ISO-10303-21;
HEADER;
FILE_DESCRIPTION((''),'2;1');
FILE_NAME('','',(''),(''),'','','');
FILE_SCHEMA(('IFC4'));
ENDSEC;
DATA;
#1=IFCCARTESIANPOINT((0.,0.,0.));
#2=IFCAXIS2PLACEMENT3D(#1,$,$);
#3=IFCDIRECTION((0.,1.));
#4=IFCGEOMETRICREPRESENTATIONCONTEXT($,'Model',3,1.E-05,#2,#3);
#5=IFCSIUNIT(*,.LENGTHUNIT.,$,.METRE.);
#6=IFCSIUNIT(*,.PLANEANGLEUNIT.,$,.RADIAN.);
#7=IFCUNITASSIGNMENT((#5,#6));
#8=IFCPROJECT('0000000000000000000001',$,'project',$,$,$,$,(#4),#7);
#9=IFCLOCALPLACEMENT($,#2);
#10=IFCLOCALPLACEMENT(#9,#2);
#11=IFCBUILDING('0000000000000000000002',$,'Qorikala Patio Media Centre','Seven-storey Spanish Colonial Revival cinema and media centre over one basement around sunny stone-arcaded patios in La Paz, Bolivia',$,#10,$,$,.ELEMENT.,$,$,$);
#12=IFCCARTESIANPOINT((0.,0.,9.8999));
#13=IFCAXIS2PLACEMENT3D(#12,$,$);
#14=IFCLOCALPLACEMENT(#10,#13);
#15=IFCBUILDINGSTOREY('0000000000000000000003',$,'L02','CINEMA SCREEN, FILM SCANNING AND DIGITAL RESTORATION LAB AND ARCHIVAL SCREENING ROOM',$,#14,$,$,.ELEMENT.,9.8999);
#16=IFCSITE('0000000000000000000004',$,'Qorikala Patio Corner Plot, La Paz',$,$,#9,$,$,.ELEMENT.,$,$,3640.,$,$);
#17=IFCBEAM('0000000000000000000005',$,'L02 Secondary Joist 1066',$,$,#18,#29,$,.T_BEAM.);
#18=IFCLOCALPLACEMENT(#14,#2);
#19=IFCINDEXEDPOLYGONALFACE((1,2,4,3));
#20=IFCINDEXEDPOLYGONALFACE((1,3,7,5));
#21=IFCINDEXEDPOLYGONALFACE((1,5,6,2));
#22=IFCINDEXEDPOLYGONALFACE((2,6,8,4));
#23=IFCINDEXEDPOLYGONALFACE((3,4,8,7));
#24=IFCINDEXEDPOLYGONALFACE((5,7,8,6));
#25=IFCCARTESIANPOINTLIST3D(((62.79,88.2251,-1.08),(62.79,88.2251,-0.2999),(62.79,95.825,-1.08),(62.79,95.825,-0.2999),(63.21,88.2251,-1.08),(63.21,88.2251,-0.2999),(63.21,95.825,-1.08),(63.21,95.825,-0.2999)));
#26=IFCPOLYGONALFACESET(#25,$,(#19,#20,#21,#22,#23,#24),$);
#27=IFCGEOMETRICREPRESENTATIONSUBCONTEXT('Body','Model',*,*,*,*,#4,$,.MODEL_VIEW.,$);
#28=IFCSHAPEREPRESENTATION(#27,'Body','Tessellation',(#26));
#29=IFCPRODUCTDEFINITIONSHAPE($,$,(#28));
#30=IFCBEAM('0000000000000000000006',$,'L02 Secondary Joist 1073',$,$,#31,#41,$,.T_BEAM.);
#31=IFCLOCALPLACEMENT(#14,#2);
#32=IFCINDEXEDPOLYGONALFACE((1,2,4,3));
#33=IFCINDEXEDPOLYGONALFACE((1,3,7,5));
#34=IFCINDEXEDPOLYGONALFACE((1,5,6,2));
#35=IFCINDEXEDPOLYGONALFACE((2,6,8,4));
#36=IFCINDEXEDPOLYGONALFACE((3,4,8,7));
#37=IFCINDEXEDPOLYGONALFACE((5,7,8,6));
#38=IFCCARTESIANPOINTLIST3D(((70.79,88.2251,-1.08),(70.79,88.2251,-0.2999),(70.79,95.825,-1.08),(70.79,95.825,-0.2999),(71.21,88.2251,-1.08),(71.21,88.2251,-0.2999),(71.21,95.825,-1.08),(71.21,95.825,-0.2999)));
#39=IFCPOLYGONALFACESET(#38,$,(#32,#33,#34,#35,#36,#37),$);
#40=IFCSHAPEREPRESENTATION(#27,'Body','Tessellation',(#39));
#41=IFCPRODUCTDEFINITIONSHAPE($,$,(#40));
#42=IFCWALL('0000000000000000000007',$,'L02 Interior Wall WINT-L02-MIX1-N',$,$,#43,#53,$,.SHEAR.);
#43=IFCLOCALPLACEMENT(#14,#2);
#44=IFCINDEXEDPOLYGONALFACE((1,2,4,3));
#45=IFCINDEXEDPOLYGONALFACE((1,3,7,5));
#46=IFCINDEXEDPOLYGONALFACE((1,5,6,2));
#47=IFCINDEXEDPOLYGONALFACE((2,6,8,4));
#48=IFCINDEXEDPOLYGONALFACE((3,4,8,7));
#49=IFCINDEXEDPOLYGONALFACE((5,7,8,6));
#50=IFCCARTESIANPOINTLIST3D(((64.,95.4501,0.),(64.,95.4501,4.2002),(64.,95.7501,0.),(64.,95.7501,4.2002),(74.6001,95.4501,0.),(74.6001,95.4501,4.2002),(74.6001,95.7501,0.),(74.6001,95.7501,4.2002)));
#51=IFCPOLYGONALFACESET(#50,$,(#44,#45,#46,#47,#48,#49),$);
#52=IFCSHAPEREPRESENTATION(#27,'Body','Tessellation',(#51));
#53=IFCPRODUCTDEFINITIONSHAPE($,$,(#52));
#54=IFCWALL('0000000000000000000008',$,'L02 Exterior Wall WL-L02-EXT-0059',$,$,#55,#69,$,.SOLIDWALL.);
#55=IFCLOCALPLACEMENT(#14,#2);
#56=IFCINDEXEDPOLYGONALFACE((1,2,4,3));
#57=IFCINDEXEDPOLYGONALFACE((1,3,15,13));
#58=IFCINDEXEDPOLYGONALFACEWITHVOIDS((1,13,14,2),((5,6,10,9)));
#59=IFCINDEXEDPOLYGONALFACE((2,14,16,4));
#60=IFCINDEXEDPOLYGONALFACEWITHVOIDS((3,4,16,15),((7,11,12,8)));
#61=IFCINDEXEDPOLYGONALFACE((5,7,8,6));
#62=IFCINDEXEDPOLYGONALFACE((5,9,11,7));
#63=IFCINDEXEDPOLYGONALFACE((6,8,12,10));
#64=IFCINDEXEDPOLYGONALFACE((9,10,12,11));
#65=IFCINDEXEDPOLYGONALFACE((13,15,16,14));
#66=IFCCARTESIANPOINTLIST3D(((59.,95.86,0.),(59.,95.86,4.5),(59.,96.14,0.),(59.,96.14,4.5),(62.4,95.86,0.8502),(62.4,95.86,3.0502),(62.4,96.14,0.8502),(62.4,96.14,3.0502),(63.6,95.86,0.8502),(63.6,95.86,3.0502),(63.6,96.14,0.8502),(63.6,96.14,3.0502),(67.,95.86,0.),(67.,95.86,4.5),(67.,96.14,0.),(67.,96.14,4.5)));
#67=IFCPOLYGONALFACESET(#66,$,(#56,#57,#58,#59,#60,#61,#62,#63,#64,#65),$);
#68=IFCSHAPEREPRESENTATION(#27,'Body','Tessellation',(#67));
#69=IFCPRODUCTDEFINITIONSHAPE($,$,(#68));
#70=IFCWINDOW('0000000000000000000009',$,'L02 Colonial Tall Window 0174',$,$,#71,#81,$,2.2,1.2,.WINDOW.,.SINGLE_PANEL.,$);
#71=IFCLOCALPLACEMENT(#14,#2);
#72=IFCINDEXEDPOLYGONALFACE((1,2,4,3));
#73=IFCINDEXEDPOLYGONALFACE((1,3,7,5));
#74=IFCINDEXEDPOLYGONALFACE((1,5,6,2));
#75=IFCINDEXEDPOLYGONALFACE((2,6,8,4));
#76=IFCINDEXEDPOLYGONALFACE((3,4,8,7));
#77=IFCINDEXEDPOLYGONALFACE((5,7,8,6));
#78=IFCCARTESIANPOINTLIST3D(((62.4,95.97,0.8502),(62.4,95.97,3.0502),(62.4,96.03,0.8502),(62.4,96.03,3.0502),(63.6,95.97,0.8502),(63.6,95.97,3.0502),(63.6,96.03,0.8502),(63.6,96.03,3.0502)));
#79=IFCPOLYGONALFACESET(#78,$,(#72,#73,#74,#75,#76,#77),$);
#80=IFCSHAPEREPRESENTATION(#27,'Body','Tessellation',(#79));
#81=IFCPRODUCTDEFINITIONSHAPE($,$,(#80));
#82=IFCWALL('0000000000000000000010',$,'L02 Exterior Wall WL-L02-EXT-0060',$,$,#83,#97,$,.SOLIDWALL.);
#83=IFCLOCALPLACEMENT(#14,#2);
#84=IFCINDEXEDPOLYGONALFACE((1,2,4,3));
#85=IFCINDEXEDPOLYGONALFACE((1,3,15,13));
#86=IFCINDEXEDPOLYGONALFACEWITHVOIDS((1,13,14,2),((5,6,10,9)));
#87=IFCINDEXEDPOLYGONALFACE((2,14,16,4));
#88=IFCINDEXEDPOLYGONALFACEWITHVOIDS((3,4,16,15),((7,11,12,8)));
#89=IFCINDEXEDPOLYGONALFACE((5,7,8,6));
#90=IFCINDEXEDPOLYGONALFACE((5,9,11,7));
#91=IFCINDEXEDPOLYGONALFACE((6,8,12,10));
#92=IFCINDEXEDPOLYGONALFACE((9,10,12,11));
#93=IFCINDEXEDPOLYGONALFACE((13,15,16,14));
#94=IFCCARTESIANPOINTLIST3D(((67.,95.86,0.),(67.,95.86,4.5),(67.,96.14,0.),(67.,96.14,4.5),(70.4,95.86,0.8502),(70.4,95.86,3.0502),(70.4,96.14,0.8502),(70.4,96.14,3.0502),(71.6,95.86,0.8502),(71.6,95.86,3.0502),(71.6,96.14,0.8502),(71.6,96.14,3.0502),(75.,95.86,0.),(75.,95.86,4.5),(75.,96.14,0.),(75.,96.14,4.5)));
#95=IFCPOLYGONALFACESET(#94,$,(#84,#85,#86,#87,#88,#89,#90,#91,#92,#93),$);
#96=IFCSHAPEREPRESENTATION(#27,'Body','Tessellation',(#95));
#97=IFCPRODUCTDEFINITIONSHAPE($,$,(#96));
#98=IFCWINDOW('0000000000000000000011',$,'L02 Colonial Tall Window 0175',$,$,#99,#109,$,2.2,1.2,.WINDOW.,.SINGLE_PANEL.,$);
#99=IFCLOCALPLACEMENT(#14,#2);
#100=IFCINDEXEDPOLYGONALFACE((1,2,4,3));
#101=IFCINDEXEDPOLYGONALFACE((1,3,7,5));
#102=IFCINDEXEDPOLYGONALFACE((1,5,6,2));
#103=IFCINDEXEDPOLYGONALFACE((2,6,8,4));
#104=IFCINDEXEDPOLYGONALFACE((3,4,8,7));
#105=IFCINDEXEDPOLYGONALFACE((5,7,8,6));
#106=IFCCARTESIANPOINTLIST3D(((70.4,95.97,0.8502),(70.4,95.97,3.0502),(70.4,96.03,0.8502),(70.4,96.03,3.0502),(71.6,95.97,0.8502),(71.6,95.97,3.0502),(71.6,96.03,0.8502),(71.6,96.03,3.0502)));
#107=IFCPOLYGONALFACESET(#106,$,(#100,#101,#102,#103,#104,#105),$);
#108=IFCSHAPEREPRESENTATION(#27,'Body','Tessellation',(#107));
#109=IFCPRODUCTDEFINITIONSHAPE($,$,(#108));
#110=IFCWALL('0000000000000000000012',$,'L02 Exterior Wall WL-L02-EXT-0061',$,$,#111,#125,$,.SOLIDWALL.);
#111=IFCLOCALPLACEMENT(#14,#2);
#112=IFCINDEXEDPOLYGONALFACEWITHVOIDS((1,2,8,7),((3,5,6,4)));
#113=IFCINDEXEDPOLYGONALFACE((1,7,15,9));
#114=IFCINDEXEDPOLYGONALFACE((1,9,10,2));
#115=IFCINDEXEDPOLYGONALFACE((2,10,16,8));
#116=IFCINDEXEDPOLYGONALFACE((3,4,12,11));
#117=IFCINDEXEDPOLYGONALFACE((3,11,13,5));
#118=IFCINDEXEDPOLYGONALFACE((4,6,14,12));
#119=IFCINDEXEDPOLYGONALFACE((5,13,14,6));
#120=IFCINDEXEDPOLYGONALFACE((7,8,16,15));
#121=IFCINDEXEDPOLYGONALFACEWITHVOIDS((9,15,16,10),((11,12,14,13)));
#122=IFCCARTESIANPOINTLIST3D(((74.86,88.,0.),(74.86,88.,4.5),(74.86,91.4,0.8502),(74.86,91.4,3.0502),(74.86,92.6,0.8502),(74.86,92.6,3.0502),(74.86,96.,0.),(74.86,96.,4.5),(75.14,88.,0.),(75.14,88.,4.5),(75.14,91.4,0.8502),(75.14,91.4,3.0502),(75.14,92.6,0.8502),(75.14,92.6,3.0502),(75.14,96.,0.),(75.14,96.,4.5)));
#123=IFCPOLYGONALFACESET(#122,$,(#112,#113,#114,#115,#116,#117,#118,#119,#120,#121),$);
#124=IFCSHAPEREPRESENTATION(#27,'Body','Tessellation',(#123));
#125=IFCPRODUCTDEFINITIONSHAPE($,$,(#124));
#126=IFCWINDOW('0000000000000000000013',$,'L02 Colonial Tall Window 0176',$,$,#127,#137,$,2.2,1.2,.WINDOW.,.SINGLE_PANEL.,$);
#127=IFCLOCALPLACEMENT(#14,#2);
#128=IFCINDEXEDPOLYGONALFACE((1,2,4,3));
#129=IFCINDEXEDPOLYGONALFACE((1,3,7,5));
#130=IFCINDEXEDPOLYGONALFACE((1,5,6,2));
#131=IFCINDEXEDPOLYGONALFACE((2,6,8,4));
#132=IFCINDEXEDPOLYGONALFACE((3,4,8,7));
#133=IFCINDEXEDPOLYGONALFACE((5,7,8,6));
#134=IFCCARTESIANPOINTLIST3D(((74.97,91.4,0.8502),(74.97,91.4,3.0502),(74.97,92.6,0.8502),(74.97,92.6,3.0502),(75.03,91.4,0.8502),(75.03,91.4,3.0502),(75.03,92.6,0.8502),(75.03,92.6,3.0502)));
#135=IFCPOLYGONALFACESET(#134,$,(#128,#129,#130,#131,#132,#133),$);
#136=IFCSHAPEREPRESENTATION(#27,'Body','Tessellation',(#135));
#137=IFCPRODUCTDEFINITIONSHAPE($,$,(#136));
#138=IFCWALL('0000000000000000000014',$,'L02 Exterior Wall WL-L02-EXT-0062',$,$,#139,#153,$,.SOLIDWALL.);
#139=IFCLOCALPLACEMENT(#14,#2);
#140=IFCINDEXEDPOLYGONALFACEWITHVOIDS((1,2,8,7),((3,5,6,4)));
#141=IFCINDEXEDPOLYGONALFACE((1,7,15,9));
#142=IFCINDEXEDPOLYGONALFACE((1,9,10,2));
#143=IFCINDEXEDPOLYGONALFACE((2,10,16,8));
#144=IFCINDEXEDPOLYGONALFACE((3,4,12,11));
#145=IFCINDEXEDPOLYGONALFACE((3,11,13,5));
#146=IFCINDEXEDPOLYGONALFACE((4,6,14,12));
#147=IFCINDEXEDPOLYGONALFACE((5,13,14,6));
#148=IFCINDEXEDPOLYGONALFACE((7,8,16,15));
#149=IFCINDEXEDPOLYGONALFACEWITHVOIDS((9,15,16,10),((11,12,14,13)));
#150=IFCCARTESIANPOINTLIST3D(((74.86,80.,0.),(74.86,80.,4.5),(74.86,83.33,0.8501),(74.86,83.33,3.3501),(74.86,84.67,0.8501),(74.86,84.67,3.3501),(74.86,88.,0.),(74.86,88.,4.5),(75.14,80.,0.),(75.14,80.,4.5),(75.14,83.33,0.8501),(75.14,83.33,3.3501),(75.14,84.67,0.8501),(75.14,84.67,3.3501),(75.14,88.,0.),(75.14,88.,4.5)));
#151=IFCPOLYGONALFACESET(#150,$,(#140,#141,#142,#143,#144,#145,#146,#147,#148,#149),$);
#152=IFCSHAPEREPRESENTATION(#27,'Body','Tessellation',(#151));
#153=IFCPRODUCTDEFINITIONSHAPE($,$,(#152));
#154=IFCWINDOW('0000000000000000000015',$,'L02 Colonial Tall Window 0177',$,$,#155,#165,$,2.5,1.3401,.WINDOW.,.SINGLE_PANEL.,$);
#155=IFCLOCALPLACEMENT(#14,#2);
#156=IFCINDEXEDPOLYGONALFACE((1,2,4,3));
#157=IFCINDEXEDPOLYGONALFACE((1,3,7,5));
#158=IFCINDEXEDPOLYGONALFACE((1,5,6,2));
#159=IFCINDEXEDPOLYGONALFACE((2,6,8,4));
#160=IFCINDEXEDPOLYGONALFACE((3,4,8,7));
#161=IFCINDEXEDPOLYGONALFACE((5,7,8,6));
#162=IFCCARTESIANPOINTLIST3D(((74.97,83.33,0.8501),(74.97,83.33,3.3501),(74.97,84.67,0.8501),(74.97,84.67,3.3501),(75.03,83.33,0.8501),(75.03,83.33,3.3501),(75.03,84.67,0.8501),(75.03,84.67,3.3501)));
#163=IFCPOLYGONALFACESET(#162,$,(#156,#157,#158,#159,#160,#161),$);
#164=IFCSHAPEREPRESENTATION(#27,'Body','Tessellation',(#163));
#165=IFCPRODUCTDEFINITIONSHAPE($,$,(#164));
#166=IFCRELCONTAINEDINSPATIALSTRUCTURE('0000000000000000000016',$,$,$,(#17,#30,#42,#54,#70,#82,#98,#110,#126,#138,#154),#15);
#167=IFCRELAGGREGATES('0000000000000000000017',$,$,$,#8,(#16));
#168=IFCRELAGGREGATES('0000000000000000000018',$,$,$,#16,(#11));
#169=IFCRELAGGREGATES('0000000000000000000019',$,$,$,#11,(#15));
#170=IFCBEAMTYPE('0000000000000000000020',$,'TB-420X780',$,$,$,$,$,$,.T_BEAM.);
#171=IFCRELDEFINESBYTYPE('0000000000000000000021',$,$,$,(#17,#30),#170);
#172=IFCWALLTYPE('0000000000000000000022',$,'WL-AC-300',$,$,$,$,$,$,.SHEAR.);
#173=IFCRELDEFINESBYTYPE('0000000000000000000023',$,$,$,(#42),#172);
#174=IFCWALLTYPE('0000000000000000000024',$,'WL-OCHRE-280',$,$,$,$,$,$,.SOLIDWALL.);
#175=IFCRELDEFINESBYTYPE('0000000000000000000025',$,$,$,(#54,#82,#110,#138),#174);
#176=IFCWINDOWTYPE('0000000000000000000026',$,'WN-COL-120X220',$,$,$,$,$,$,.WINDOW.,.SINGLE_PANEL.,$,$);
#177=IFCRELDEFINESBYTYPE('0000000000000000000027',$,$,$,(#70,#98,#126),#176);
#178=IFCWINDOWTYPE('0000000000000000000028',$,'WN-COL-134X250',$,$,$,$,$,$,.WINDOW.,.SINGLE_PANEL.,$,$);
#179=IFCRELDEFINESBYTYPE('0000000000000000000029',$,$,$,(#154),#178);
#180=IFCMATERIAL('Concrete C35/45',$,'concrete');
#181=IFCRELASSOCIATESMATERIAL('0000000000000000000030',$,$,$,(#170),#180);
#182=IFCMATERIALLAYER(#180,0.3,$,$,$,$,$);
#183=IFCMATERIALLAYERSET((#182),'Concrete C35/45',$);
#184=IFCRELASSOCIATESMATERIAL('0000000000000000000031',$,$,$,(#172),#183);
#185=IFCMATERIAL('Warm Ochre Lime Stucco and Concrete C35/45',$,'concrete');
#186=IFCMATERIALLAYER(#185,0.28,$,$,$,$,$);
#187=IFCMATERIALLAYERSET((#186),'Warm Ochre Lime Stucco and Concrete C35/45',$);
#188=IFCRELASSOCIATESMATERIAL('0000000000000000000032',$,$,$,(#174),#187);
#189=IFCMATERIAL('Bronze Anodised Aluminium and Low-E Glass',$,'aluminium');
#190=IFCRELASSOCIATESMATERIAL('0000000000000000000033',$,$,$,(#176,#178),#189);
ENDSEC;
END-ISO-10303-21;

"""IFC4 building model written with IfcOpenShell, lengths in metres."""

from ifc_helpers import new_model, si_unit, direction, frame, frame_2d, origin, origin_2d, place, context, subcontext, project, spatial, rectangle, extrude, material, layer, layer_set, material_profile, profile_set, type_object, element, fill, save


model = new_model("IFC4")

# Units and contexts
model_context = context("Model", 3, precision=1e-05, world=origin(), true_north=direction((0.0, 1.0)))
body_context = subcontext(model_context, "Body", "Model", "MODEL_VIEW")
ifc_project = project(units=[si_unit("LENGTHUNIT", "METRE"), si_unit("PLANEANGLEUNIT", "RADIAN")], contexts=[model_context])

# Site, building, storey
site_placement = place(None, origin())
site = spatial("IfcSite", under=ifc_project, at=site_placement, Name="Qorikala Patio Corner Plot, La Paz", CompositionType="ELEMENT", RefElevation=3640.0)
building_placement = place(site_placement, origin())
building = spatial("IfcBuilding", under=site, at=building_placement, Name="Qorikala Patio Media Centre", Description="Seven-storey Spanish Colonial Revival cinema and media centre over one basement around sunny stone-arcaded patios in La Paz, Bolivia", CompositionType="ELEMENT")
storey_placement = place(building_placement, frame((0.0, 0.0, 9.8999)))
storey = spatial("IfcBuildingStorey", under=building, at=storey_placement, Name="L02", Description="CINEMA SCREEN, FILM SCANNING AND DIGITAL RESTORATION LAB AND ARCHIVAL SCREENING ROOM", CompositionType="ELEMENT", Elevation=9.8999)

# Shared definitions
ifc_material_1 = material(Name="Concrete C35/45", Category="concrete")

# Beams
ifc_material_profile_1 = material_profile(ifc_material_1, rectangle(XDim=0.4199, YDim=0.78, at=origin_2d()), Name="RC 420x780")
ifc_profile_set_1 = profile_set([ifc_material_profile_1], Name="Concrete C35/45")
beam_type_1 = type_object("IfcBeamType", Name="TB-420X780", PredefinedType="T_BEAM", material=ifc_profile_set_1)
for number, where, z_axis, x_axis, name in (
    (1, (63.0, 88.2251, -0.6899), (0.0, 1.0, 0.0), (-1.0, 0.0, 0.0), "L02 Secondary Joist 1066"),
    (2, (71.0, 88.2251, -0.6899), (0.0, 1.0, 0.0), (-1.0, 0.0, 0.0), "L02 Secondary Joist 1073"),
):
    element("IfcBeam", number, at=place(storey_placement, frame(where, z_axis=z_axis, x_axis=x_axis)), inside=storey, type_object=beam_type_1, Name=name, PredefinedType="T_BEAM", context=body_context, shape_type="SweptSolid", body=[
        extrude(rectangle(XDim=0.4199, YDim=0.78, at=origin_2d()), origin(), (0.0, 0.0, 1.0), 7.5999),
    ])

# Wall
ifc_layer_1 = layer(ifc_material_1, 0.3)
ifc_layer_set_1 = layer_set([ifc_layer_1], Name="Concrete C35/45")
wall_type_1 = type_object("IfcWallType", Name="WL-AC-300", PredefinedType="SHEAR", material=ifc_layer_set_1)
wall_1_placement = place(storey_placement, frame((64.0, 95.6001, 0.0), z_axis=(0.0, 0.0, 1.0), x_axis=(1.0, 0.0, 0.0)))
element("IfcWall", 3, at=wall_1_placement, inside=storey, type_object=wall_type_1, Name="L02 Interior Wall WINT-L02-MIX1-N", PredefinedType="SHEAR", context=body_context, shape_type="SweptSolid", body=[
    extrude(rectangle(XDim=10.6001, YDim=0.3, at=frame_2d((5.3, 0.0))), origin(), (0.0, 0.0, 1.0), 4.2002),
])

# Walls, openings, windows
ifc_material_2 = material(Name="Warm Ochre Lime Stucco and Concrete C35/45", Category="concrete")
ifc_layer_2 = layer(ifc_material_2, 0.28)
ifc_layer_set_2 = layer_set([ifc_layer_2], Name="Warm Ochre Lime Stucco and Concrete C35/45")
wall_type_2 = type_object("IfcWallType", Name="WL-OCHRE-280", PredefinedType="SOLIDWALL", material=ifc_layer_set_2)
wall_2_placement = place(storey_placement, frame((59.0, 96.0, 0.0), z_axis=(0.0, 0.0, 1.0), x_axis=(1.0, 0.0, 0.0)))
wall_2 = element("IfcWall", 4, at=wall_2_placement, inside=storey, type_object=wall_type_2, Name="L02 Exterior Wall WL-L02-EXT-0059", PredefinedType="SOLIDWALL", context=body_context, shape_type="SweptSolid", body=[
    extrude(rectangle(XDim=8.0, YDim=0.28, at=frame_2d((4.0, 0.0))), origin(), (0.0, 0.0, 1.0), 4.5),
])
opening_1_placement = place(wall_2_placement, frame((3.3999, 0.0, 0.8501)))
opening_1 = element("IfcOpeningElement", 5, at=opening_1_placement, cuts=wall_2, PredefinedType="OPENING", context=body_context, shape_type="SweptSolid", body=[
    extrude(rectangle(XDim=1.2, YDim=2.2, at=frame_2d((0.6001, 1.1001))), frame((0.0, 0.1499, 0.0), z_axis=(0.0, -1.0, 0.0), x_axis=(1.0, 0.0, 0.0)), (0.0, 0.0, 1.0), 0.3),
])
ifc_material_3 = material(Name="Bronze Anodised Aluminium and Low-E Glass", Category="aluminium")
window_type_1 = type_object("IfcWindowType", Name="WN-COL-120X220", PartitioningType="SINGLE_PANEL", PredefinedType="WINDOW", material=ifc_material_3)
window_1_placement = place(opening_1_placement, origin())
window_1 = element("IfcWindow", 6, at=window_1_placement, inside=storey, type_object=window_type_1, Name="L02 Colonial Tall Window 0174", OverallHeight=2.2, OverallWidth=1.2, PartitioningType="SINGLE_PANEL", PredefinedType="WINDOW", context=body_context, shape_type="SweptSolid", body=[
    extrude(rectangle(XDim=1.2, YDim=2.2, at=frame_2d((0.6001, 1.1001))), frame((0.0, 0.03, 0.0), z_axis=(0.0, -1.0, 0.0), x_axis=(1.0, 0.0, 0.0)), (0.0, 0.0, 1.0), 0.0601),
])
fill(opening_1, window_1)
wall_3_placement = place(storey_placement, frame((67.0, 96.0, 0.0), z_axis=(0.0, 0.0, 1.0), x_axis=(1.0, 0.0, 0.0)))
wall_3 = element("IfcWall", 7, at=wall_3_placement, inside=storey, type_object=wall_type_2, Name="L02 Exterior Wall WL-L02-EXT-0060", PredefinedType="SOLIDWALL", context=body_context, shape_type="SweptSolid", body=[
    extrude(rectangle(XDim=8.0, YDim=0.28, at=frame_2d((4.0, 0.0))), origin(), (0.0, 0.0, 1.0), 4.5),
])
opening_2_placement = place(wall_3_placement, frame((3.3999, 0.0, 0.8501)))
opening_2 = element("IfcOpeningElement", 8, at=opening_2_placement, cuts=wall_3, PredefinedType="OPENING", context=body_context, shape_type="SweptSolid", body=[
    extrude(rectangle(XDim=1.2, YDim=2.2, at=frame_2d((0.6001, 1.1001))), frame((0.0, 0.1499, 0.0), z_axis=(0.0, -1.0, 0.0), x_axis=(1.0, 0.0, 0.0)), (0.0, 0.0, 1.0), 0.3),
])
window_2_placement = place(opening_2_placement, origin())
window_2 = element("IfcWindow", 9, at=window_2_placement, inside=storey, type_object=window_type_1, Name="L02 Colonial Tall Window 0175", OverallHeight=2.2, OverallWidth=1.2, PartitioningType="SINGLE_PANEL", PredefinedType="WINDOW", context=body_context, shape_type="SweptSolid", body=[
    extrude(rectangle(XDim=1.2, YDim=2.2, at=frame_2d((0.6001, 1.1001))), frame((0.0, 0.03, 0.0), z_axis=(0.0, -1.0, 0.0), x_axis=(1.0, 0.0, 0.0)), (0.0, 0.0, 1.0), 0.0601),
])
fill(opening_2, window_2)
wall_4_placement = place(storey_placement, frame((75.0, 96.0, 0.0), z_axis=(0.0, 0.0, 1.0), x_axis=(0.0, -1.0, 0.0)))
wall_4 = element("IfcWall", 10, at=wall_4_placement, inside=storey, type_object=wall_type_2, Name="L02 Exterior Wall WL-L02-EXT-0061", PredefinedType="SOLIDWALL", context=body_context, shape_type="SweptSolid", body=[
    extrude(rectangle(XDim=8.0, YDim=0.28, at=frame_2d((4.0, 0.0))), origin(), (0.0, 0.0, 1.0), 4.5),
])
opening_3_placement = place(wall_4_placement, frame((3.3999, 0.0, 0.8501)))
opening_3 = element("IfcOpeningElement", 11, at=opening_3_placement, cuts=wall_4, PredefinedType="OPENING", context=body_context, shape_type="SweptSolid", body=[
    extrude(rectangle(XDim=1.2, YDim=2.2, at=frame_2d((0.6001, 1.1001))), frame((0.0, 0.1499, 0.0), z_axis=(0.0, -1.0, 0.0), x_axis=(1.0, 0.0, 0.0)), (0.0, 0.0, 1.0), 0.3),
])
window_3_placement = place(opening_3_placement, origin())
window_3 = element("IfcWindow", 12, at=window_3_placement, inside=storey, type_object=window_type_1, Name="L02 Colonial Tall Window 0176", OverallHeight=2.2, OverallWidth=1.2, PartitioningType="SINGLE_PANEL", PredefinedType="WINDOW", context=body_context, shape_type="SweptSolid", body=[
    extrude(rectangle(XDim=1.2, YDim=2.2, at=frame_2d((0.6001, 1.1001))), frame((0.0, 0.03, 0.0), z_axis=(0.0, -1.0, 0.0), x_axis=(1.0, 0.0, 0.0)), (0.0, 0.0, 1.0), 0.0601),
])
fill(opening_3, window_3)
wall_5_placement = place(storey_placement, frame((75.0, 88.0, 0.0), z_axis=(0.0, 0.0, 1.0), x_axis=(0.0, -1.0, 0.0)))
wall_5 = element("IfcWall", 13, at=wall_5_placement, inside=storey, type_object=wall_type_2, Name="L02 Exterior Wall WL-L02-EXT-0062", PredefinedType="SOLIDWALL", context=body_context, shape_type="SweptSolid", body=[
    extrude(rectangle(XDim=8.0, YDim=0.28, at=frame_2d((4.0, 0.0))), origin(), (0.0, 0.0, 1.0), 4.5),
])
opening_4_placement = place(wall_5_placement, frame((3.3301, 0.0, 0.8501)))
opening_4 = element("IfcOpeningElement", 14, at=opening_4_placement, cuts=wall_5, PredefinedType="OPENING", context=body_context, shape_type="SweptSolid", body=[
    extrude(rectangle(XDim=1.3401, YDim=2.5, at=frame_2d((0.6699, 1.25))), frame((0.0, 0.1499, 0.0), z_axis=(0.0, -1.0, 0.0), x_axis=(1.0, 0.0, 0.0)), (0.0, 0.0, 1.0), 0.3),
])
window_type_2 = type_object("IfcWindowType", Name="WN-COL-134X250", PartitioningType="SINGLE_PANEL", PredefinedType="WINDOW", material=ifc_material_3)
window_4_placement = place(opening_4_placement, origin())
window_4 = element("IfcWindow", 15, at=window_4_placement, inside=storey, type_object=window_type_2, Name="L02 Colonial Tall Window 0177", OverallHeight=2.5, OverallWidth=1.3401, PartitioningType="SINGLE_PANEL", PredefinedType="WINDOW", context=body_context, shape_type="SweptSolid", body=[
    extrude(rectangle(XDim=1.3401, YDim=2.5, at=frame_2d((0.6699, 1.25))), frame((0.0, 0.03, 0.0), z_axis=(0.0, -1.0, 0.0), x_axis=(1.0, 0.0, 0.0)), (0.0, 0.0, 1.0), 0.0601),
])
fill(opening_4, window_4)

save(model, "model.ifc")
